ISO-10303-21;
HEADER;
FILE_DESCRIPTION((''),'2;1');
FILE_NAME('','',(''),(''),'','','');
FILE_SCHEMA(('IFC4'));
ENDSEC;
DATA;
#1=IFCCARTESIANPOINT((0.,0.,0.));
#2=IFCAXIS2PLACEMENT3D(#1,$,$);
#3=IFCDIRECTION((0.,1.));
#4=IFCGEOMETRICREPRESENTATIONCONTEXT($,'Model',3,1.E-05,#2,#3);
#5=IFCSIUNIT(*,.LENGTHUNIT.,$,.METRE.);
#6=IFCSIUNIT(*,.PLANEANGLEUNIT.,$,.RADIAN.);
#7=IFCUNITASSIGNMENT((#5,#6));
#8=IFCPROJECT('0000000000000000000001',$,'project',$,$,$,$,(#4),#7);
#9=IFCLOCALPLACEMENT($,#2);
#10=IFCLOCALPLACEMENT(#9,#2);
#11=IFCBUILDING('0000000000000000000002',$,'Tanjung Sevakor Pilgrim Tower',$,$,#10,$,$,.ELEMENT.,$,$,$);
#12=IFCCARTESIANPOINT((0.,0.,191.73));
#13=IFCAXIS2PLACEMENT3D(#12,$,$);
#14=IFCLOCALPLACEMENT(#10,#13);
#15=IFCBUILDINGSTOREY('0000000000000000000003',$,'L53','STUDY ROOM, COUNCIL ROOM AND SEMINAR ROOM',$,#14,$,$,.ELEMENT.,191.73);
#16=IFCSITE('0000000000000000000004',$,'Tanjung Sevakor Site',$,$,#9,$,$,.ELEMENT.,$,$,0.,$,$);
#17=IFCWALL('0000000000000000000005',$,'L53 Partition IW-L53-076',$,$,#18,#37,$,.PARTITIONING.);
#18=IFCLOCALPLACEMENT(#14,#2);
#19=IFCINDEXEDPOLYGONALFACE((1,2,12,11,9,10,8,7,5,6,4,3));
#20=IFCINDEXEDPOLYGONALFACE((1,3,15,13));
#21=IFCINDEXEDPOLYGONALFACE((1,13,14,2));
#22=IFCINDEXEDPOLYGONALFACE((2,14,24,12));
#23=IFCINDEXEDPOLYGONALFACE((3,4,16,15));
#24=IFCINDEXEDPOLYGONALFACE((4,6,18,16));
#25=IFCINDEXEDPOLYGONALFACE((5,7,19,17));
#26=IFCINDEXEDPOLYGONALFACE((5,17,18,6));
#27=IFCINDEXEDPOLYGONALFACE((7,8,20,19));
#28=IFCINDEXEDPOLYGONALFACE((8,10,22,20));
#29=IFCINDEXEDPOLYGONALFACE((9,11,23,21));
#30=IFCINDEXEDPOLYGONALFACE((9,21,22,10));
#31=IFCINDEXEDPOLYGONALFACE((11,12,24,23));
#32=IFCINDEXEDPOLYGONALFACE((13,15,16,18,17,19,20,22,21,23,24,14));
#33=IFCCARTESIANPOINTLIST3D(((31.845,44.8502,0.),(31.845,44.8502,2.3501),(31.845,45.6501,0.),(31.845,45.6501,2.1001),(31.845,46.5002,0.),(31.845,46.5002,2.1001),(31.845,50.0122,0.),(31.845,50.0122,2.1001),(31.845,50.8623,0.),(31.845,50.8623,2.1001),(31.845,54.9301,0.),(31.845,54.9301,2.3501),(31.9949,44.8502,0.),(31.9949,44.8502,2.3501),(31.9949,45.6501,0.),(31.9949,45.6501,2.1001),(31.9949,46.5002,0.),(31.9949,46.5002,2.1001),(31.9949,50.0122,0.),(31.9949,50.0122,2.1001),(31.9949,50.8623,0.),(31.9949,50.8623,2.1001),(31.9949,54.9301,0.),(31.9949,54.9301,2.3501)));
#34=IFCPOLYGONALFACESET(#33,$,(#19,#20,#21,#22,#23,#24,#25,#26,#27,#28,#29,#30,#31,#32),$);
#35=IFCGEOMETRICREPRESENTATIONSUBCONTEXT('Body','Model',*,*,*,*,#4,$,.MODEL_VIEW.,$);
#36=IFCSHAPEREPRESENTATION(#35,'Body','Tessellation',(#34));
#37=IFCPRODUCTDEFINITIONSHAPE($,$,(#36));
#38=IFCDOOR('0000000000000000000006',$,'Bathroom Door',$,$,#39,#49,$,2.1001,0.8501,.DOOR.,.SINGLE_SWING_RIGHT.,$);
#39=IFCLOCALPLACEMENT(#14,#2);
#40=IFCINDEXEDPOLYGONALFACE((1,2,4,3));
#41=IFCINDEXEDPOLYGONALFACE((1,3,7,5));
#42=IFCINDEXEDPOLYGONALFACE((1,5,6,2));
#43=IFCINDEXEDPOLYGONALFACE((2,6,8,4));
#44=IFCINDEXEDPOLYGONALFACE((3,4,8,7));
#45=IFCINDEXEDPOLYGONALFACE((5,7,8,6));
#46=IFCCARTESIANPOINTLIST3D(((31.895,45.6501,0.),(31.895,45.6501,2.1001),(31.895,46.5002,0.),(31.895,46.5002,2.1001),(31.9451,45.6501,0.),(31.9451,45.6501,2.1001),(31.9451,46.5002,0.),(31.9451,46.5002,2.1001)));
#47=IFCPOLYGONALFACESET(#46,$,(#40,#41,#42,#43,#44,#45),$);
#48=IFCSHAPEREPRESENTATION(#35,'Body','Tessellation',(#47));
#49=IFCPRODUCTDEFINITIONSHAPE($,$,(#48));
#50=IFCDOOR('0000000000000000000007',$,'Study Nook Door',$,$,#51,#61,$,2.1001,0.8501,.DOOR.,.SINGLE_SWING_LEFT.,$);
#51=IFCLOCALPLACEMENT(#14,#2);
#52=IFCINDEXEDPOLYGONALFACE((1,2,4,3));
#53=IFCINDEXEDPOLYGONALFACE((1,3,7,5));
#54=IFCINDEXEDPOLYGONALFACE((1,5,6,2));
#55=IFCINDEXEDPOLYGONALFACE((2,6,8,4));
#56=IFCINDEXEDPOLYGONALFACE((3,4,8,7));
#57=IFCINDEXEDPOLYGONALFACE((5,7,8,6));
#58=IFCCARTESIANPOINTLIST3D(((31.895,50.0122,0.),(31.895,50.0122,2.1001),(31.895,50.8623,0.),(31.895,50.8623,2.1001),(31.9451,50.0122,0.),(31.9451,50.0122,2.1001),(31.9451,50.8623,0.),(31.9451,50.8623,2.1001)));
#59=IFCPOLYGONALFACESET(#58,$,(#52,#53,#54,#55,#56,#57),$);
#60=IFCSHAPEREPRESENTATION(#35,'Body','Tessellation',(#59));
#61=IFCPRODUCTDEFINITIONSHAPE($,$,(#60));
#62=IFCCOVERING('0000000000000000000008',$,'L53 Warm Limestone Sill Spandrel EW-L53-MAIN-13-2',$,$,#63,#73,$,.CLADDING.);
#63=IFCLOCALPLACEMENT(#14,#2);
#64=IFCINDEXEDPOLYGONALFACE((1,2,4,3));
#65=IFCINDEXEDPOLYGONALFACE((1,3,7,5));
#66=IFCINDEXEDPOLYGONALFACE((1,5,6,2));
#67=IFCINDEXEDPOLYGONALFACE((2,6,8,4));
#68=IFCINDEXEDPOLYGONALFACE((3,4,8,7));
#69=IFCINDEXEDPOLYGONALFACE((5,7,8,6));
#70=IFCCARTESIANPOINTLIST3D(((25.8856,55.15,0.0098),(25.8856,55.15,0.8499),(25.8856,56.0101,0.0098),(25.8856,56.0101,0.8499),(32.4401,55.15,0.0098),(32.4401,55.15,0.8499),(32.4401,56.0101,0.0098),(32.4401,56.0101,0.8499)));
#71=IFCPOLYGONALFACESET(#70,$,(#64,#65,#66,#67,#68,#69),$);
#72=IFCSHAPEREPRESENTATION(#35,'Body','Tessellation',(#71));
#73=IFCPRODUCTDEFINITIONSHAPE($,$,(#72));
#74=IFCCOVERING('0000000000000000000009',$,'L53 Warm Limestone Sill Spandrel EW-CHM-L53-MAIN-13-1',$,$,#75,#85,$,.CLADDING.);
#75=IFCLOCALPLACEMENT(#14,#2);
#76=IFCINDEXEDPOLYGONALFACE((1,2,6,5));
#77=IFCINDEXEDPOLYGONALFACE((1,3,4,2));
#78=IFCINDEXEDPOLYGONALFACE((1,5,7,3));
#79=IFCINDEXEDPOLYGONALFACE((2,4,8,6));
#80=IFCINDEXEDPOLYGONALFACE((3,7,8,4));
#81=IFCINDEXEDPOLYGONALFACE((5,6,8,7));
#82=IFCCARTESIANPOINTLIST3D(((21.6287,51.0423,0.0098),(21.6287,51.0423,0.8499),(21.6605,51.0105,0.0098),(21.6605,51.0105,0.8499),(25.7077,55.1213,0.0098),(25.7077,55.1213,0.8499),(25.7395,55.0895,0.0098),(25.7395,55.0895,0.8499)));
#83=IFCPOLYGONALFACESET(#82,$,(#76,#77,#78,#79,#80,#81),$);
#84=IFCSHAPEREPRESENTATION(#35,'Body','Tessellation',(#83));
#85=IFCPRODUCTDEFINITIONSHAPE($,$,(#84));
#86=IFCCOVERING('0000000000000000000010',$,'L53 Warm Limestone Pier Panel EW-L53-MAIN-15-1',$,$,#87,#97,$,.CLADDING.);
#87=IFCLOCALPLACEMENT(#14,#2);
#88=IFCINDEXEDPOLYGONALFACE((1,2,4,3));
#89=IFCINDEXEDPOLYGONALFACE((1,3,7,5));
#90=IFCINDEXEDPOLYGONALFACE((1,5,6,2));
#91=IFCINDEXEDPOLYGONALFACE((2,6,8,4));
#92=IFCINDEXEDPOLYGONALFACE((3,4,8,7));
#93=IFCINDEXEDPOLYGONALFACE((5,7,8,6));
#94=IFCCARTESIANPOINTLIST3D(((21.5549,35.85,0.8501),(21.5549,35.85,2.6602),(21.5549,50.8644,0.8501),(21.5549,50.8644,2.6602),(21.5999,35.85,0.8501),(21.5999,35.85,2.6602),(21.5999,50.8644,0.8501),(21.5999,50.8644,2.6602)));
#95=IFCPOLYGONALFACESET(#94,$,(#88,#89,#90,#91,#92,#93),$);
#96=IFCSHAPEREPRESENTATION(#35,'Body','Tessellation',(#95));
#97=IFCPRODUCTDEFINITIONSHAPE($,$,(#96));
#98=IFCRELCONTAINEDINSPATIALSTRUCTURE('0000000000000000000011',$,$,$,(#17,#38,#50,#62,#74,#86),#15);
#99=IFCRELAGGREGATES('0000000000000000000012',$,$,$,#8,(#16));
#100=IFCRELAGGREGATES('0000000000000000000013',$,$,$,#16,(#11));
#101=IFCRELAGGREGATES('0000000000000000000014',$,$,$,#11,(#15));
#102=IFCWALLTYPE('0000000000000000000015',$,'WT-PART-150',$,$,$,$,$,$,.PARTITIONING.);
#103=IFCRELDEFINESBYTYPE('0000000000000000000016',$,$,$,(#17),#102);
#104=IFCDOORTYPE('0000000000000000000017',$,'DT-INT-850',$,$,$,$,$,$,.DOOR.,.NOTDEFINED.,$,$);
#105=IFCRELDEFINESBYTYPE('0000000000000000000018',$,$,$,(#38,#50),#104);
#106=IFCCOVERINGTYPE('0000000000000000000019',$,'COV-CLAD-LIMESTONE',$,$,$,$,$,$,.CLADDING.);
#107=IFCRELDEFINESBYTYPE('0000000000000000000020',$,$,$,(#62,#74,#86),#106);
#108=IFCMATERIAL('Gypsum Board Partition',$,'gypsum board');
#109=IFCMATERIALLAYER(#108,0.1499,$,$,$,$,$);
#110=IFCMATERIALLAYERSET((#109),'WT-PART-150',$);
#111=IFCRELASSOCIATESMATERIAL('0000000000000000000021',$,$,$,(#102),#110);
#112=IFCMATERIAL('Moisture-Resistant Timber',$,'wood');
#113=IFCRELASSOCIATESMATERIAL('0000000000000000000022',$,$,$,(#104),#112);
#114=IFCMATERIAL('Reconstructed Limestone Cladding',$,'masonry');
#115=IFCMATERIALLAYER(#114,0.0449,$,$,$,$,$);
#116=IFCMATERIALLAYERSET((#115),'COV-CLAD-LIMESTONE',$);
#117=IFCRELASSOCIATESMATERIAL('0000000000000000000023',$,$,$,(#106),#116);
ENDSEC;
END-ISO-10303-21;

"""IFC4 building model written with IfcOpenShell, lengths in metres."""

from ifc_helpers import new_model, si_unit, direction, frame, frame_2d, origin, origin_2d, place, context, subcontext, project, spatial, rectangle, extrude, material, layer, layer_set, type_object, element, fill, save


model = new_model("IFC4")

# Units and contexts
model_context = context("Model", 3, precision=1e-05, world=origin(), true_north=direction((0.0, 1.0)))
body_context = subcontext(model_context, "Body", "Model", "MODEL_VIEW")
ifc_project = project(units=[si_unit("LENGTHUNIT", "METRE"), si_unit("PLANEANGLEUNIT", "RADIAN")], contexts=[model_context])

# Site, building, storey
site_placement = place(None, origin())
site = spatial("IfcSite", under=ifc_project, at=site_placement, Name="Tanjung Sevakor Site", CompositionType="ELEMENT", RefElevation=0.0)
building_placement = place(site_placement, origin())
building = spatial("IfcBuilding", under=site, at=building_placement, Name="Tanjung Sevakor Pilgrim Tower", CompositionType="ELEMENT")
storey_placement = place(building_placement, frame((0.0, 0.0, 191.73)))
storey = spatial("IfcBuildingStorey", under=building, at=storey_placement, Name="L53", Description="STUDY ROOM, COUNCIL ROOM AND SEMINAR ROOM", CompositionType="ELEMENT", Elevation=191.73)

# Shared definitions
ifc_material_1 = material(Name="Gypsum Board Partition", Category="gypsum board")
ifc_layer_1 = layer(ifc_material_1, 0.1499)
ifc_layer_set_1 = layer_set([ifc_layer_1], Name="WT-PART-150")
wall_type_1 = type_object("IfcWallType", Name="WT-PART-150", PredefinedType="PARTITIONING", material=ifc_layer_set_1)

# Wall, openings, doors
wall_1_placement = place(storey_placement, frame((31.9199, 44.8501, 0.0), z_axis=(0.0, 0.0, 1.0), x_axis=(0.0, 1.0, 0.0)))
wall_1 = element("IfcWall", 1, at=wall_1_placement, inside=storey, type_object=wall_type_1, Name="L53 Partition IW-L53-076", PredefinedType="PARTITIONING", context=body_context, shape_type="SweptSolid", body=[
    extrude(rectangle(XDim=10.0798, YDim=0.1499, at=frame_2d((5.04, 0.0))), origin(), (0.0, 0.0, 1.0), 2.3501),
])
opening_1_placement = place(wall_1_placement, frame((0.8, 0.0, 0.0)))
opening_1 = element("IfcOpeningElement", 2, at=opening_1_placement, cuts=wall_1, PredefinedType="OPENING", context=body_context, shape_type="SweptSolid", body=[
    extrude(rectangle(XDim=0.8501, YDim=2.1001, at=frame_2d((0.425, 1.05))), frame((0.0, 0.085, 0.0), z_axis=(0.0, -1.0, 0.0), x_axis=(1.0, 0.0, 0.0)), (0.0, 0.0, 1.0), 0.1699),
])
opening_2_placement = place(wall_1_placement, frame((5.1621, 0.0, 0.0)))
opening_2 = element("IfcOpeningElement", 3, at=opening_2_placement, cuts=wall_1, PredefinedType="OPENING", context=body_context, shape_type="SweptSolid", body=[
    extrude(rectangle(XDim=0.8501, YDim=2.1001, at=frame_2d((0.425, 1.05))), frame((0.0, 0.085, 0.0), z_axis=(0.0, -1.0, 0.0), x_axis=(1.0, 0.0, 0.0)), (0.0, 0.0, 1.0), 0.1699),
])
ifc_material_2 = material(Name="Moisture-Resistant Timber", Category="wood")
door_type_1 = type_object("IfcDoorType", Name="DT-INT-850", OperationType="NOTDEFINED", PredefinedType="DOOR", material=ifc_material_2)
door_1_placement = place(opening_1_placement, origin())
door_1 = element("IfcDoor", 4, at=door_1_placement, inside=storey, type_object=door_type_1, Name="Bathroom Door", OperationType="SINGLE_SWING_RIGHT", OverallHeight=2.1001, OverallWidth=0.8501, PredefinedType="DOOR", context=body_context, shape_type="SweptSolid", body=[
    extrude(rectangle(XDim=0.8501, YDim=2.1001, at=frame_2d((0.425, 1.05))), frame((0.0, 0.0249, 0.0), z_axis=(0.0, -1.0, 0.0), x_axis=(1.0, 0.0, 0.0)), (0.0, 0.0, 1.0), 0.05),
])
fill(opening_1, door_1)
door_2_placement = place(opening_2_placement, origin())
door_2 = element("IfcDoor", 5, at=door_2_placement, inside=storey, type_object=door_type_1, Name="Study Nook Door", OperationType="SINGLE_SWING_LEFT", OverallHeight=2.1001, OverallWidth=0.8501, PredefinedType="DOOR", context=body_context, shape_type="SweptSolid", body=[
    extrude(rectangle(XDim=0.8501, YDim=2.1001, at=frame_2d((0.425, 1.05))), frame((0.0, 0.0249, 0.0), z_axis=(0.0, -1.0, 0.0), x_axis=(1.0, 0.0, 0.0)), (0.0, 0.0, 1.0), 0.05),
])
fill(opening_2, door_2)

# Coverings
ifc_material_3 = material(Name="Reconstructed Limestone Cladding", Category="masonry")
ifc_layer_2 = layer(ifc_material_3, 0.0449)
ifc_layer_set_2 = layer_set([ifc_layer_2], Name="COV-CLAD-LIMESTONE")
covering_type = type_object("IfcCoveringType", Name="COV-CLAD-LIMESTONE", PredefinedType="CLADDING", material=ifc_layer_set_2)
covering_1_placement = place(storey_placement, frame((29.1628, 55.5801, 0.0098), z_axis=(0.0, 0.0, 1.0), x_axis=(-1.0, 0.0, 0.0)))
element("IfcCovering", 6, at=covering_1_placement, inside=storey, type_object=covering_type, Name="L53 Warm Limestone Sill Spandrel EW-L53-MAIN-13-2", PredefinedType="CLADDING", context=body_context, shape_type="SweptSolid", body=[
    extrude(rectangle(XDim=6.5544, YDim=0.8601, at=origin_2d()), origin(), (0.0, 0.0, 1.0), 0.8401),
])
covering_2_placement = place(storey_placement, frame((23.6841, 53.0659, 0.0098), z_axis=(0.0, 0.0, 1.0), x_axis=(-0.707107, -0.707107, 0.0)))
element("IfcCovering", 7, at=covering_2_placement, inside=storey, type_object=covering_type, Name="L53 Warm Limestone Sill Spandrel EW-CHM-L53-MAIN-13-1", PredefinedType="CLADDING", context=body_context, shape_type="SweptSolid", body=[
    extrude(rectangle(XDim=5.7686, YDim=0.0449, at=origin_2d()), origin(), (0.0, 0.0, 1.0), 0.8401),
])
covering_3_placement = place(storey_placement, frame((21.5774, 43.3572, 0.8501), z_axis=(0.0, 0.0, 1.0), x_axis=(0.0, -1.0, 0.0)))
element("IfcCovering", 8, at=covering_3_placement, inside=storey, type_object=covering_type, Name="L53 Warm Limestone Pier Panel EW-L53-MAIN-15-1", PredefinedType="CLADDING", context=body_context, shape_type="SweptSolid", body=[
    extrude(rectangle(XDim=15.0144, YDim=0.0449, at=origin_2d()), origin(), (0.0, 0.0, 1.0), 1.8101),
])

save(model, "model.ifc")
